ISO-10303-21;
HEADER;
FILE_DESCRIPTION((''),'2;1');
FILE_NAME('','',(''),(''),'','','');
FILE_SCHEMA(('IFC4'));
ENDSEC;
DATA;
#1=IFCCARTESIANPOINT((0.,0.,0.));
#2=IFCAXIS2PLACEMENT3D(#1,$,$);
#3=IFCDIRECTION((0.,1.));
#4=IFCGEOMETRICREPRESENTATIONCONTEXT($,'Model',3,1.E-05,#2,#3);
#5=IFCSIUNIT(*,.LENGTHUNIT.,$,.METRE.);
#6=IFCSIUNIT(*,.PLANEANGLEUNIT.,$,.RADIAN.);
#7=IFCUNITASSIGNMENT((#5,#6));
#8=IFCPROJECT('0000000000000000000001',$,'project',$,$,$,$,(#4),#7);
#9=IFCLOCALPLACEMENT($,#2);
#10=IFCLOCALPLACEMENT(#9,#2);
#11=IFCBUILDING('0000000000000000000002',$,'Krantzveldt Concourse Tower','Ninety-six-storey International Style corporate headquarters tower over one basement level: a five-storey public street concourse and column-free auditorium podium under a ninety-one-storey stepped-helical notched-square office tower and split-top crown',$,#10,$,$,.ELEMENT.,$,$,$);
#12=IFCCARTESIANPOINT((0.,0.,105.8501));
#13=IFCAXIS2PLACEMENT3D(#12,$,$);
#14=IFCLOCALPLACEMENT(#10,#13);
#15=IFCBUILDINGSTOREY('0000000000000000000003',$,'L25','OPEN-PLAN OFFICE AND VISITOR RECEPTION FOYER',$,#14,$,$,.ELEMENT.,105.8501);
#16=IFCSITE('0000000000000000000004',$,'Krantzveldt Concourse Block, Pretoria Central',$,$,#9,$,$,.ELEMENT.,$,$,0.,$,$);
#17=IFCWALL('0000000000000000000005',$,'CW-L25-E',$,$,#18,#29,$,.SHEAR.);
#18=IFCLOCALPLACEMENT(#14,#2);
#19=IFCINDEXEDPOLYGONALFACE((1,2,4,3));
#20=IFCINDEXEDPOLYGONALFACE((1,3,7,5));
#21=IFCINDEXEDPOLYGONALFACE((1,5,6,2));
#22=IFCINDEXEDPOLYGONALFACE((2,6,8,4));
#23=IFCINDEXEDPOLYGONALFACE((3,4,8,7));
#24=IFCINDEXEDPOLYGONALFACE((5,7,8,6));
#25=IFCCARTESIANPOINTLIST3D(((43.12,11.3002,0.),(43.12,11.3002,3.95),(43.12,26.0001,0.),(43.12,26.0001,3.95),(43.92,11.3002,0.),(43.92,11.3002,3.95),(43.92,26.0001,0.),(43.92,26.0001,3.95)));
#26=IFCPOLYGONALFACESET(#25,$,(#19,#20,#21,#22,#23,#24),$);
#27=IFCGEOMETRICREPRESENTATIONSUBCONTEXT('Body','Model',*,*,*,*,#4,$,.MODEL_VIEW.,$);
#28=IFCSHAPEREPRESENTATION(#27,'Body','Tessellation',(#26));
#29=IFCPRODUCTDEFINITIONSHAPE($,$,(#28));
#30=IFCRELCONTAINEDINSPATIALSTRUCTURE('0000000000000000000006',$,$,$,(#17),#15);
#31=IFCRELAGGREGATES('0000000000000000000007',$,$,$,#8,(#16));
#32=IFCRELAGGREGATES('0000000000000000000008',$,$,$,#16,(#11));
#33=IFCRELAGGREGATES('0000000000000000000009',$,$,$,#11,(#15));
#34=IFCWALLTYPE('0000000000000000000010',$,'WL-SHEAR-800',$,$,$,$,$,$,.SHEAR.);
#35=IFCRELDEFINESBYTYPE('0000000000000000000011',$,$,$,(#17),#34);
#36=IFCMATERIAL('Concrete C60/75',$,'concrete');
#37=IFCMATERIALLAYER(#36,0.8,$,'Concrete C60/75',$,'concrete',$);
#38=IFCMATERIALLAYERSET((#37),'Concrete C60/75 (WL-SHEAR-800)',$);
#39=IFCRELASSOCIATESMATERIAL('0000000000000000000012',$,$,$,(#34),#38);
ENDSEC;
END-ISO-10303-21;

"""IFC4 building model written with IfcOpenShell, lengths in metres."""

from ifc_helpers import new_model, si_unit, direction, frame, frame_2d, origin, place, context, subcontext, project, spatial, rectangle, extrude, material, layer, layer_set, type_object, element, save


model = new_model("IFC4")

# Units and contexts
model_context = context("Model", 3, precision=1e-05, world=origin(), true_north=direction((0.0, 1.0)))
body_context = subcontext(model_context, "Body", "Model", "MODEL_VIEW")
ifc_project = project(units=[si_unit("LENGTHUNIT", "METRE"), si_unit("PLANEANGLEUNIT", "RADIAN")], contexts=[model_context])

# Site, building, storey
site_placement = place(None, origin())
site = spatial("IfcSite", under=ifc_project, at=site_placement, Name="Krantzveldt Concourse Block, Pretoria Central", CompositionType="ELEMENT", RefElevation=0.0)
building_placement = place(site_placement, origin())
building = spatial("IfcBuilding", under=site, at=building_placement, Name="Krantzveldt Concourse Tower", Description="Ninety-six-storey International Style corporate headquarters tower over one basement level: a five-storey public street concourse and column-free auditorium podium under a ninety-one-storey stepped-helical notched-square office tower and split-top crown", CompositionType="ELEMENT")
storey_placement = place(building_placement, frame((0.0, 0.0, 105.8501)))
storey = spatial("IfcBuildingStorey", under=building, at=storey_placement, Name="L25", Description="OPEN-PLAN OFFICE AND VISITOR RECEPTION FOYER", CompositionType="ELEMENT", Elevation=105.8501)

# Shared definitions
ifc_material_1 = material(Name="Concrete C60/75", Category="concrete")

# Wall
ifc_layer_1 = layer(ifc_material_1, 0.8, Name="Concrete C60/75", Category="concrete")
ifc_layer_set_1 = layer_set([ifc_layer_1], Name="Concrete C60/75 (WL-SHEAR-800)")
wall_type_1 = type_object("IfcWallType", Name="WL-SHEAR-800", PredefinedType="SHEAR", material=ifc_layer_set_1)
wall_1_placement = place(storey_placement, frame((43.52, 11.3, 0.0), z_axis=(0.0, 0.0, 1.0), x_axis=(0.0, 1.0, 0.0)))
element("IfcWall", 1, at=wall_1_placement, inside=storey, type_object=wall_type_1, Name="CW-L25-E", PredefinedType="SHEAR", context=body_context, shape_type="SweptSolid", body=[
    extrude(rectangle(XDim=14.7, YDim=0.8, at=frame_2d((7.3501, 0.0))), origin(), (0.0, 0.0, 1.0), 3.95),
])

save(model, "model.ifc")
